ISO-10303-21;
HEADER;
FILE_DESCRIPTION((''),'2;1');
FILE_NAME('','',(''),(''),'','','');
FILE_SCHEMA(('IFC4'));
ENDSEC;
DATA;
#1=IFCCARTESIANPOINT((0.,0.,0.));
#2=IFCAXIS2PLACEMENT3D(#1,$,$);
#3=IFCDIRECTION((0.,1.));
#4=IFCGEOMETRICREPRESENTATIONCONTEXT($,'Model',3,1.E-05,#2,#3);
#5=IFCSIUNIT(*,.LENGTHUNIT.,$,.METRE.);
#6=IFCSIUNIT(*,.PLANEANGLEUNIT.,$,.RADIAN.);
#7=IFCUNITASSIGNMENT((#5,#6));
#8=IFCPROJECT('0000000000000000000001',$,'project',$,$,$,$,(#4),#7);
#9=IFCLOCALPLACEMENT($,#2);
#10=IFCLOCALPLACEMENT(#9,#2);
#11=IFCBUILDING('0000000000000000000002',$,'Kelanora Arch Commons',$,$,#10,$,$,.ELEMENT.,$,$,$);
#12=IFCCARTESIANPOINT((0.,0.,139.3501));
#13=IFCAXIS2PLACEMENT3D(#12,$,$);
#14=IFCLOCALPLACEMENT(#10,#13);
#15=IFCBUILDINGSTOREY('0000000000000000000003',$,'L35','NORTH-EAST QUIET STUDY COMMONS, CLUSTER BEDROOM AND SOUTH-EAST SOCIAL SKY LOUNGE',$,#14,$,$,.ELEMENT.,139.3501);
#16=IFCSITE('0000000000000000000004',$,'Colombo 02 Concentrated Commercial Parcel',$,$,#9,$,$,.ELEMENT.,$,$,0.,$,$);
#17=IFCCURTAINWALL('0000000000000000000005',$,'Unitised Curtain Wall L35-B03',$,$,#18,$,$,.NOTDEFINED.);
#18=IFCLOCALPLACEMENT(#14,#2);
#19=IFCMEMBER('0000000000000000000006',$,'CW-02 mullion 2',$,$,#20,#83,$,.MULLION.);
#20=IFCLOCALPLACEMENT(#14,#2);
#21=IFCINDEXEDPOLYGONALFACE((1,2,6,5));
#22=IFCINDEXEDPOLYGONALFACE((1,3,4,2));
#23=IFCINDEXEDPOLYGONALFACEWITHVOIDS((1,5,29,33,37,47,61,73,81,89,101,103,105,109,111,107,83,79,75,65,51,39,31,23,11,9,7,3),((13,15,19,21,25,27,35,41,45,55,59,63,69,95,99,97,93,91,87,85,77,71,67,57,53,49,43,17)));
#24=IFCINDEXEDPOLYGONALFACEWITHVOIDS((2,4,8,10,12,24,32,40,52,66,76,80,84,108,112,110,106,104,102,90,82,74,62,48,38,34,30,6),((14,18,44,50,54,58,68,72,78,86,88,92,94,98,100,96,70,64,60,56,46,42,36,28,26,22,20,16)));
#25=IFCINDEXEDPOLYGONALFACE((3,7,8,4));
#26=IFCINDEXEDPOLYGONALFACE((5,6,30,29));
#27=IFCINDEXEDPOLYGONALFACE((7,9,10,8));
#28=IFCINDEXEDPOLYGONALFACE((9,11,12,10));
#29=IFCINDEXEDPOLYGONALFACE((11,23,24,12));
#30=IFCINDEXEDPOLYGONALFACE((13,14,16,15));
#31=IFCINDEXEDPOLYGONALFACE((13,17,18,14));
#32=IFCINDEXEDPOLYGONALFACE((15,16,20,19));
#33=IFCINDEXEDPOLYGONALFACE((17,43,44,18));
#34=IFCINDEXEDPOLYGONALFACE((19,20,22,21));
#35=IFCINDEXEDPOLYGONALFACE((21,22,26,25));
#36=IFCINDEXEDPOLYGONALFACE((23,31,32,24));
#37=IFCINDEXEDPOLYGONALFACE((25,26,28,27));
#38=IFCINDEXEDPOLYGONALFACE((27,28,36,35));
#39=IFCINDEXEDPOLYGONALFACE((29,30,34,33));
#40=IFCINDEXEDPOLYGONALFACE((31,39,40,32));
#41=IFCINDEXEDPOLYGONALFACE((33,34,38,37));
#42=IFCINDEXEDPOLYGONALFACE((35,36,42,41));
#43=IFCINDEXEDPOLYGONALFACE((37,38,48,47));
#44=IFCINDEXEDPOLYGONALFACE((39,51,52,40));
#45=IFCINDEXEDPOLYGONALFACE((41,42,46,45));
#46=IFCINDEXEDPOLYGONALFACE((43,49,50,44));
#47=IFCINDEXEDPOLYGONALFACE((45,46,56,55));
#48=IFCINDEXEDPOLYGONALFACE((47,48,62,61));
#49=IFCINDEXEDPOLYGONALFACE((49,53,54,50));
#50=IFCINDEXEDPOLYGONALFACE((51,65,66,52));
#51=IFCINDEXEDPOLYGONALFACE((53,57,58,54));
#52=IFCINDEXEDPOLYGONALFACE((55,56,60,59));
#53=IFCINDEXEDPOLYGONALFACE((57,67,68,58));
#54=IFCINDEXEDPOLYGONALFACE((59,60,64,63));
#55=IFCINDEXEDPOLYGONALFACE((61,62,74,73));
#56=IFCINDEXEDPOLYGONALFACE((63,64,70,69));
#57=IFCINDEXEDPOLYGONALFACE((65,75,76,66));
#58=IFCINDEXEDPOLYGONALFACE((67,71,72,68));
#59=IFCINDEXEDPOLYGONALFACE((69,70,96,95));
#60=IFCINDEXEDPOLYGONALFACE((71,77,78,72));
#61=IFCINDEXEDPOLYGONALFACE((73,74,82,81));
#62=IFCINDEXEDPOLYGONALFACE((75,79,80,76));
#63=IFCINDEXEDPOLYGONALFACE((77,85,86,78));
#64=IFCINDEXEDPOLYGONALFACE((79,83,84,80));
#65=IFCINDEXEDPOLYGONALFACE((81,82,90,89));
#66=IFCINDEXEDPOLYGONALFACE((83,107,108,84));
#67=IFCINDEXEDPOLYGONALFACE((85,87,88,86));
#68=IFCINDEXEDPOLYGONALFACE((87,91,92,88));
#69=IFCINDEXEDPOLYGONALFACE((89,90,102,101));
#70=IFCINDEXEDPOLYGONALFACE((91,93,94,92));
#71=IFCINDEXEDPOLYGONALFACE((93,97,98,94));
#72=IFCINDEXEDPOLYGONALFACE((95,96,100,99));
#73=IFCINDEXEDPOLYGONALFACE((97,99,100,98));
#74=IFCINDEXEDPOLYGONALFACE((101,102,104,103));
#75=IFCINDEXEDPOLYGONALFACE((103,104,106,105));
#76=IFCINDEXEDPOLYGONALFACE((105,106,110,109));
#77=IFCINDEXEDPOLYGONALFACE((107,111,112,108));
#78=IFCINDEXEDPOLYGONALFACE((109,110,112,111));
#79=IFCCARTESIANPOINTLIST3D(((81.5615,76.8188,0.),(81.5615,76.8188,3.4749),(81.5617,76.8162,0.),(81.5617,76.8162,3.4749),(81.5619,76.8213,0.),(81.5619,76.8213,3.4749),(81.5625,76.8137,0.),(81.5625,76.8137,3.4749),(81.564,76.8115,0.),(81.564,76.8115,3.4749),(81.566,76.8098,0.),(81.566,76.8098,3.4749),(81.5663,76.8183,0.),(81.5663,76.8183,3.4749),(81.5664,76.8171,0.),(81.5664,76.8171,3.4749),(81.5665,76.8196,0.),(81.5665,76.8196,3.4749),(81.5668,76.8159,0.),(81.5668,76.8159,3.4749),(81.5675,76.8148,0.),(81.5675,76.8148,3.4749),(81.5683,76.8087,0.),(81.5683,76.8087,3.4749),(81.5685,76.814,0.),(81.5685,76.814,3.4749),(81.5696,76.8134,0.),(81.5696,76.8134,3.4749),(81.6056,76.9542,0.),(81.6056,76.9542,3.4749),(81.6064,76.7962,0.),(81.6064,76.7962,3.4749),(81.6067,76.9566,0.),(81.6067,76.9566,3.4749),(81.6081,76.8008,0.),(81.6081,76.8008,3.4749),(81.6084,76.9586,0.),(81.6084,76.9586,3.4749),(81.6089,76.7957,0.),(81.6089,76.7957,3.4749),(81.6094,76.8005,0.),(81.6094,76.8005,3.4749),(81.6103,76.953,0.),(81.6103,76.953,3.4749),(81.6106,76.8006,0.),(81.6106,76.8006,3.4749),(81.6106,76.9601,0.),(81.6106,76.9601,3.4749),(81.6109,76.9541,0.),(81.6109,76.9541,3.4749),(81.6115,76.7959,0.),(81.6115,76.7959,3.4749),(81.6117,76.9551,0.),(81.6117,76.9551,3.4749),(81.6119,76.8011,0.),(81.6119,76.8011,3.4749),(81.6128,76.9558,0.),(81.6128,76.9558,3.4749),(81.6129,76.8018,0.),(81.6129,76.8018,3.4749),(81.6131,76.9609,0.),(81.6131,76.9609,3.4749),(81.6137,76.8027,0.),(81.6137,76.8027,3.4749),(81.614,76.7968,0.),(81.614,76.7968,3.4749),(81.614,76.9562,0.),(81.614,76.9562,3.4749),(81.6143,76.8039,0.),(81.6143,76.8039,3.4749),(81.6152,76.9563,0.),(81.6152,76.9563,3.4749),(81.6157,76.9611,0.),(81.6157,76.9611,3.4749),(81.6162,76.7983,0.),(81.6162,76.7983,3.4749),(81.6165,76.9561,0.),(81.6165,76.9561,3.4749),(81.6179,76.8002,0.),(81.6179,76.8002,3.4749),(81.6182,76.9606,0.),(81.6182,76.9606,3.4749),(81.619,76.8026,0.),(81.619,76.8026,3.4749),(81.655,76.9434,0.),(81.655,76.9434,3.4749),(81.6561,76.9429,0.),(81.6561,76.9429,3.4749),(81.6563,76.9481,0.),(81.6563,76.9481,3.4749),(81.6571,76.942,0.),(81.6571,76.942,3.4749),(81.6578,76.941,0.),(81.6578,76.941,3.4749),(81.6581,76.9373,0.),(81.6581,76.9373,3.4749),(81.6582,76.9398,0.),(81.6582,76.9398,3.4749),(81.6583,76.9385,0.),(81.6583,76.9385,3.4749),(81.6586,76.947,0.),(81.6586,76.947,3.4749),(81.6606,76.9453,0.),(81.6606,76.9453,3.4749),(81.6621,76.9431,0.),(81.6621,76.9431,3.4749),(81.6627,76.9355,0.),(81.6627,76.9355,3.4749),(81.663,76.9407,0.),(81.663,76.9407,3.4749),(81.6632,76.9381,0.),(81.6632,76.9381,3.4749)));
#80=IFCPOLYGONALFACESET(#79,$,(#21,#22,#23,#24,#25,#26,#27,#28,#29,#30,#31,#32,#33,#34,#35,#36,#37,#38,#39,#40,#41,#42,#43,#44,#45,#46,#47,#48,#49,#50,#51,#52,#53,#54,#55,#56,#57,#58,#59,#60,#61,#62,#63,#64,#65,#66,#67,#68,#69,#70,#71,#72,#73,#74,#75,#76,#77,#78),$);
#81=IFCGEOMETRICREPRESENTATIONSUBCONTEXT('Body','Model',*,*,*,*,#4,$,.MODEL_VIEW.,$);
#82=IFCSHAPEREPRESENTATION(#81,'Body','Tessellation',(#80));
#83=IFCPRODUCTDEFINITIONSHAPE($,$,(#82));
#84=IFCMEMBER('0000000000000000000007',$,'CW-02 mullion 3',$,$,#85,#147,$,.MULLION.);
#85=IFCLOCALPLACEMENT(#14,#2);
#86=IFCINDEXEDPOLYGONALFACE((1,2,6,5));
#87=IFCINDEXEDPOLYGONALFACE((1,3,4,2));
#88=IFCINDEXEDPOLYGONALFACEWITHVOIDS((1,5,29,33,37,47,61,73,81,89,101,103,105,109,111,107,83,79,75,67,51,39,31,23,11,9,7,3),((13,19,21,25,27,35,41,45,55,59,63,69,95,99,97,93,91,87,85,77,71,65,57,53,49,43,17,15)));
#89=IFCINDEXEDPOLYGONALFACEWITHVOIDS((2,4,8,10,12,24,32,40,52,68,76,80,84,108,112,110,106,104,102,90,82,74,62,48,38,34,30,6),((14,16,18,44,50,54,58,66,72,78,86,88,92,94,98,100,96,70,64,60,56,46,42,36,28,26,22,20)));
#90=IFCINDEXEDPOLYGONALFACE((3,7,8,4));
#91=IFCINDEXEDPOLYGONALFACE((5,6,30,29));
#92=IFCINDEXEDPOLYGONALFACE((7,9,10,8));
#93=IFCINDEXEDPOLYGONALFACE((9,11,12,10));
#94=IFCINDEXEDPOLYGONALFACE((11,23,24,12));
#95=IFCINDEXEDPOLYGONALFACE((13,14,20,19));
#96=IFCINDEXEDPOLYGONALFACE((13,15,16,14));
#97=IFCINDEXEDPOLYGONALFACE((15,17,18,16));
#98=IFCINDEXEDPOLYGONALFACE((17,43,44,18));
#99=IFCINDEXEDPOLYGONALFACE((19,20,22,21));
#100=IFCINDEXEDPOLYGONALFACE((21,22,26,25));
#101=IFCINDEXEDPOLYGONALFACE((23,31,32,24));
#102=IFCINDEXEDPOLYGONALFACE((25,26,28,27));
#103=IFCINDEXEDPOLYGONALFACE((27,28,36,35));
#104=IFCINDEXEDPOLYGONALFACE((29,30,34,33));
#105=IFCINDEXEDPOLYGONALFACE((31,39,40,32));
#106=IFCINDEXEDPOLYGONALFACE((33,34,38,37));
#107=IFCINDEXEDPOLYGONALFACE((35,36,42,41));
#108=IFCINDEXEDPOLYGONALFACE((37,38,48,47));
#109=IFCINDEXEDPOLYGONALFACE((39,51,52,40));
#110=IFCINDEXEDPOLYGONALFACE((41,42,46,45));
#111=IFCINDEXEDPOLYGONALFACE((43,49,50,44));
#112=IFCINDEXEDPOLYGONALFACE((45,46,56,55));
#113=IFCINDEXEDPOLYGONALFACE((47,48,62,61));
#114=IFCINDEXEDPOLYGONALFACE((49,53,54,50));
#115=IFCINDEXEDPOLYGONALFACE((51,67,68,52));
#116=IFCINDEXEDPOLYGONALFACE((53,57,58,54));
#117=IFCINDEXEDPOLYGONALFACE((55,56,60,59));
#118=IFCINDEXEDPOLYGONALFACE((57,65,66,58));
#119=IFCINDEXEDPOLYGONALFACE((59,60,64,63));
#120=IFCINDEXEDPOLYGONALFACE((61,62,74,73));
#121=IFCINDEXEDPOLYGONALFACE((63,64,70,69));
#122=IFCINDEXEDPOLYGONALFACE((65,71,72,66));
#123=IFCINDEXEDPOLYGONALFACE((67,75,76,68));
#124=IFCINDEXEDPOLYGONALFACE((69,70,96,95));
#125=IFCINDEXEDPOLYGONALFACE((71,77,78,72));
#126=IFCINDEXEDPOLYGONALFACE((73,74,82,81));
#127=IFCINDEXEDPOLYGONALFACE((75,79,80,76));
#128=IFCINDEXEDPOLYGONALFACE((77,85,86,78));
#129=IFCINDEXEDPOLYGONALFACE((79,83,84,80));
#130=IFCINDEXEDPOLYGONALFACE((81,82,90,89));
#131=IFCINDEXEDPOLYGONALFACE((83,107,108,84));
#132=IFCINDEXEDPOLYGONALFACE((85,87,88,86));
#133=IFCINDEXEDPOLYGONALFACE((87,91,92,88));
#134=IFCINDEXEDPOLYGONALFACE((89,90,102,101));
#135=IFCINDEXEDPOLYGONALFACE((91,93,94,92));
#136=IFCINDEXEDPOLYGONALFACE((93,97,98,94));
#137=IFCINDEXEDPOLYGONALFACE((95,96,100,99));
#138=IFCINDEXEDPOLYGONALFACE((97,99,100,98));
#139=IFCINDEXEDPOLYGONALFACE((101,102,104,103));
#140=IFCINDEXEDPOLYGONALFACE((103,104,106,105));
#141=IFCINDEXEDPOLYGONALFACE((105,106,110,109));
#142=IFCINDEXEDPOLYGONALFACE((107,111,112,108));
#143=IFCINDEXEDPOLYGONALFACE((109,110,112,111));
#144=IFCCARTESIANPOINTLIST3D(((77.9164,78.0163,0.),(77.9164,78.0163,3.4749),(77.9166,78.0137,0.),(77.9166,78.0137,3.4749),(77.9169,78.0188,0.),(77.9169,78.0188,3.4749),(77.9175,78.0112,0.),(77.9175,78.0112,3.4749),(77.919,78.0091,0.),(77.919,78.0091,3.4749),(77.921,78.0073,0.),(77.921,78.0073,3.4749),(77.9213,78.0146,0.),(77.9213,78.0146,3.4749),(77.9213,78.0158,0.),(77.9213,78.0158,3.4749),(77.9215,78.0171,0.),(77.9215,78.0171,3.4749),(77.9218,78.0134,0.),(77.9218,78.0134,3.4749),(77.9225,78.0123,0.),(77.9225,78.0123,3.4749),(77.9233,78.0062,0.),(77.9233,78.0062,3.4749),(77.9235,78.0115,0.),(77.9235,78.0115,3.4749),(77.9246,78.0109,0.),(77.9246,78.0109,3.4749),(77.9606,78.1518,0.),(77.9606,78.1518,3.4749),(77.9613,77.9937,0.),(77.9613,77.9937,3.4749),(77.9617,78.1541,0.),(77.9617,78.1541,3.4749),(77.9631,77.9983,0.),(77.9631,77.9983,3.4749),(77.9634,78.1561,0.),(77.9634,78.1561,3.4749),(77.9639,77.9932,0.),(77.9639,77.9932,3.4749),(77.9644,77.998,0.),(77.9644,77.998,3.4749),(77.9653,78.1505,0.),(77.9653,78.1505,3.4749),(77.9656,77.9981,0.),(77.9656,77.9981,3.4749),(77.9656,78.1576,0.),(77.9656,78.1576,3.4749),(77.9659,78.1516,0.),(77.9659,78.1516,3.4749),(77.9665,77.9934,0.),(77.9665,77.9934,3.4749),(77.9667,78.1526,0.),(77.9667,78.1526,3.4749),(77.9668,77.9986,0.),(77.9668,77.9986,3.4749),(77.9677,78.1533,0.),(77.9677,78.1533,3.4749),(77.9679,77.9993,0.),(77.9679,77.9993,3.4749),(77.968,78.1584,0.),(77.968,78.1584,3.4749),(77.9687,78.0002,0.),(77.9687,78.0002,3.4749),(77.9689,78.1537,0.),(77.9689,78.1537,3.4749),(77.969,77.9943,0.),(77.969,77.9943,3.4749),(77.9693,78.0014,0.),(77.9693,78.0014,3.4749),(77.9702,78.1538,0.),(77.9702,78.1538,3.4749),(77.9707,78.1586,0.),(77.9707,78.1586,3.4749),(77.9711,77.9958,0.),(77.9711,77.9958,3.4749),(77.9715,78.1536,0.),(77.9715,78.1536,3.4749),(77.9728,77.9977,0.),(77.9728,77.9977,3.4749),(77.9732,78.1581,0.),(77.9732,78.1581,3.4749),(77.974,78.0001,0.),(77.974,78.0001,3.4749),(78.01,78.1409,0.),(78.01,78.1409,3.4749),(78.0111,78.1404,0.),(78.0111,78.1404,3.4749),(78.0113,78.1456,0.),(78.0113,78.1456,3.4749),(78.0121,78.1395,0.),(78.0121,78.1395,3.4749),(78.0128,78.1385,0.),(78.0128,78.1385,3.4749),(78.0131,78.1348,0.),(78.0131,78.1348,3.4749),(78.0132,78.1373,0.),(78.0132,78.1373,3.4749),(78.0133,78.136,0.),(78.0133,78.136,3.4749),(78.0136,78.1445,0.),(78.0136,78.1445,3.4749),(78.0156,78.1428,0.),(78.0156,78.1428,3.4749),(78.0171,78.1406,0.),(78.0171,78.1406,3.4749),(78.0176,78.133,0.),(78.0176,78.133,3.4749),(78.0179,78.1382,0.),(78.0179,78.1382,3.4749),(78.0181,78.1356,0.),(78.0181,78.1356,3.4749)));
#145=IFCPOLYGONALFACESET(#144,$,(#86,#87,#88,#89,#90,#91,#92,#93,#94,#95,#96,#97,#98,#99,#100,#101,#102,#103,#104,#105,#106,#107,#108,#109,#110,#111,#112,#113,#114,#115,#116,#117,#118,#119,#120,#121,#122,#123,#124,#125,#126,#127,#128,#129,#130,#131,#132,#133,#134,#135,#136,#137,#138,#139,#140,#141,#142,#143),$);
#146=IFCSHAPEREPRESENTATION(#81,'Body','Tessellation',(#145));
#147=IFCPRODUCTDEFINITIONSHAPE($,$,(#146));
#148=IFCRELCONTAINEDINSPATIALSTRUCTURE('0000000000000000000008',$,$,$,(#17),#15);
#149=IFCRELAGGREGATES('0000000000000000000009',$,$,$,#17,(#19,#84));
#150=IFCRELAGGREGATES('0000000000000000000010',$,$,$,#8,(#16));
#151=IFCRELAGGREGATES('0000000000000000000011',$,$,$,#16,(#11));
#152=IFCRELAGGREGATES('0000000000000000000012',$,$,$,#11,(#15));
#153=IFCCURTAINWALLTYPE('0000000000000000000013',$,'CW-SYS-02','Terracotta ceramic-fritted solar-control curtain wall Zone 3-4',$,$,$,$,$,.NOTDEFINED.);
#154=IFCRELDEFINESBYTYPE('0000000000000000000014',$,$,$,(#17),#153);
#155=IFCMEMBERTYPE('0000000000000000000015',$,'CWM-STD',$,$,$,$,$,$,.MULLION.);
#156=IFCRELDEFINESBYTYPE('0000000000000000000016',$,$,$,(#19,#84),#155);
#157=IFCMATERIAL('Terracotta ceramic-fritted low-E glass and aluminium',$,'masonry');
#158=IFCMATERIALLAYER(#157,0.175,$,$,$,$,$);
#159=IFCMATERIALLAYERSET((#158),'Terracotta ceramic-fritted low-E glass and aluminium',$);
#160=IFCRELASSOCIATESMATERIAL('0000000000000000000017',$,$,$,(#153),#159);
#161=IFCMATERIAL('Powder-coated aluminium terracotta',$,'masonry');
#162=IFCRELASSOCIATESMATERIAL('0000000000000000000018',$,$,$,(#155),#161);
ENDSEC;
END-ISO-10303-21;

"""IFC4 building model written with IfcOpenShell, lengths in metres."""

from ifc_helpers import new_model, si_unit, direction, frame, origin, origin_2d, place, context, subcontext, project, spatial, hollow_rectangle, extrude, material, layer, layer_set, material_profile, profile_set, type_object, element, aggregate, save


model = new_model("IFC4")

# Units and contexts
model_context = context("Model", 3, precision=1e-05, world=origin(), true_north=direction((0.0, 1.0)))
body_context = subcontext(model_context, "Body", "Model", "MODEL_VIEW")
ifc_project = project(units=[si_unit("LENGTHUNIT", "METRE"), si_unit("PLANEANGLEUNIT", "RADIAN")], contexts=[model_context])

# Site, building, storey
site_placement = place(None, origin())
site = spatial("IfcSite", under=ifc_project, at=site_placement, Name="Colombo 02 Concentrated Commercial Parcel", CompositionType="ELEMENT", RefElevation=0.0)
building_placement = place(site_placement, origin())
building = spatial("IfcBuilding", under=site, at=building_placement, Name="Kelanora Arch Commons", CompositionType="ELEMENT")
storey_placement = place(building_placement, frame((0.0, 0.0, 139.3501)))
storey = spatial("IfcBuildingStorey", under=building, at=storey_placement, Name="L35", Description="NORTH-EAST QUIET STUDY COMMONS, CLUSTER BEDROOM AND SOUTH-EAST SOCIAL SKY LOUNGE", CompositionType="ELEMENT", Elevation=139.3501)

# Curtain wall, members
ifc_material_1 = material(Name="Terracotta ceramic-fritted low-E glass and aluminium", Category="masonry")
ifc_layer_1 = layer(ifc_material_1, 0.175)
ifc_layer_set_1 = layer_set([ifc_layer_1], Name="Terracotta ceramic-fritted low-E glass and aluminium")
curtain_wall_type = type_object("IfcCurtainWallType", Name="CW-SYS-02", Description="Terracotta ceramic-fritted solar-control curtain wall Zone 3-4", PredefinedType="NOTDEFINED", material=ifc_layer_set_1)
curtain_wall_placement = place(storey_placement, origin())
curtain_wall = element("IfcCurtainWall", 1, at=curtain_wall_placement, inside=storey, type_object=curtain_wall_type, Name="Unitised Curtain Wall L35-B03", PredefinedType="NOTDEFINED")
ifc_material_2 = material(Name="Powder-coated aluminium terracotta", Category="masonry")
ifc_material_profile_1 = material_profile(ifc_material_2, hollow_rectangle(XDim=0.1599, YDim=0.0601, WallThickness=0.0049, InnerFilletRadius=0.0049, OuterFilletRadius=0.01, at=origin_2d()), Name="CWM160x60")
ifc_profile_set_1 = profile_set([ifc_material_profile_1], Name="Powder-coated aluminium terracotta")
member_type_1 = type_object("IfcMemberType", Name="CWM-STD", PredefinedType="MULLION", material=ifc_profile_set_1)
member_1_placement = place(storey_placement, frame((81.6123, 76.8784, 0.0), z_axis=(0.0, 0.0, 1.0), x_axis=(-0.312128, -0.95004, 0.0)))
member_1 = element("IfcMember", 2, at=member_1_placement, type_object=member_type_1, Name="CW-02 mullion 2", PredefinedType="MULLION", context=body_context, shape_type="SweptSolid", body=[
    extrude(hollow_rectangle(XDim=0.1599, YDim=0.0601, WallThickness=0.0049, InnerFilletRadius=0.0049, OuterFilletRadius=0.01, at=origin_2d()), origin(), (0.0, 0.0, 1.0), 3.4749),
])
member_2_placement = place(storey_placement, frame((77.9673, 78.0759, 0.0), z_axis=(0.0, 0.0, 1.0), x_axis=(-0.312128, -0.95004, 0.0)))
member_2 = element("IfcMember", 3, at=member_2_placement, type_object=member_type_1, Name="CW-02 mullion 3", PredefinedType="MULLION", context=body_context, shape_type="SweptSolid", body=[
    extrude(hollow_rectangle(XDim=0.1599, YDim=0.0601, WallThickness=0.0049, InnerFilletRadius=0.0049, OuterFilletRadius=0.01, at=origin_2d()), origin(), (0.0, 0.0, 1.0), 3.4749),
])
aggregate(curtain_wall, [member_1, member_2])

save(model, "model.ifc")
